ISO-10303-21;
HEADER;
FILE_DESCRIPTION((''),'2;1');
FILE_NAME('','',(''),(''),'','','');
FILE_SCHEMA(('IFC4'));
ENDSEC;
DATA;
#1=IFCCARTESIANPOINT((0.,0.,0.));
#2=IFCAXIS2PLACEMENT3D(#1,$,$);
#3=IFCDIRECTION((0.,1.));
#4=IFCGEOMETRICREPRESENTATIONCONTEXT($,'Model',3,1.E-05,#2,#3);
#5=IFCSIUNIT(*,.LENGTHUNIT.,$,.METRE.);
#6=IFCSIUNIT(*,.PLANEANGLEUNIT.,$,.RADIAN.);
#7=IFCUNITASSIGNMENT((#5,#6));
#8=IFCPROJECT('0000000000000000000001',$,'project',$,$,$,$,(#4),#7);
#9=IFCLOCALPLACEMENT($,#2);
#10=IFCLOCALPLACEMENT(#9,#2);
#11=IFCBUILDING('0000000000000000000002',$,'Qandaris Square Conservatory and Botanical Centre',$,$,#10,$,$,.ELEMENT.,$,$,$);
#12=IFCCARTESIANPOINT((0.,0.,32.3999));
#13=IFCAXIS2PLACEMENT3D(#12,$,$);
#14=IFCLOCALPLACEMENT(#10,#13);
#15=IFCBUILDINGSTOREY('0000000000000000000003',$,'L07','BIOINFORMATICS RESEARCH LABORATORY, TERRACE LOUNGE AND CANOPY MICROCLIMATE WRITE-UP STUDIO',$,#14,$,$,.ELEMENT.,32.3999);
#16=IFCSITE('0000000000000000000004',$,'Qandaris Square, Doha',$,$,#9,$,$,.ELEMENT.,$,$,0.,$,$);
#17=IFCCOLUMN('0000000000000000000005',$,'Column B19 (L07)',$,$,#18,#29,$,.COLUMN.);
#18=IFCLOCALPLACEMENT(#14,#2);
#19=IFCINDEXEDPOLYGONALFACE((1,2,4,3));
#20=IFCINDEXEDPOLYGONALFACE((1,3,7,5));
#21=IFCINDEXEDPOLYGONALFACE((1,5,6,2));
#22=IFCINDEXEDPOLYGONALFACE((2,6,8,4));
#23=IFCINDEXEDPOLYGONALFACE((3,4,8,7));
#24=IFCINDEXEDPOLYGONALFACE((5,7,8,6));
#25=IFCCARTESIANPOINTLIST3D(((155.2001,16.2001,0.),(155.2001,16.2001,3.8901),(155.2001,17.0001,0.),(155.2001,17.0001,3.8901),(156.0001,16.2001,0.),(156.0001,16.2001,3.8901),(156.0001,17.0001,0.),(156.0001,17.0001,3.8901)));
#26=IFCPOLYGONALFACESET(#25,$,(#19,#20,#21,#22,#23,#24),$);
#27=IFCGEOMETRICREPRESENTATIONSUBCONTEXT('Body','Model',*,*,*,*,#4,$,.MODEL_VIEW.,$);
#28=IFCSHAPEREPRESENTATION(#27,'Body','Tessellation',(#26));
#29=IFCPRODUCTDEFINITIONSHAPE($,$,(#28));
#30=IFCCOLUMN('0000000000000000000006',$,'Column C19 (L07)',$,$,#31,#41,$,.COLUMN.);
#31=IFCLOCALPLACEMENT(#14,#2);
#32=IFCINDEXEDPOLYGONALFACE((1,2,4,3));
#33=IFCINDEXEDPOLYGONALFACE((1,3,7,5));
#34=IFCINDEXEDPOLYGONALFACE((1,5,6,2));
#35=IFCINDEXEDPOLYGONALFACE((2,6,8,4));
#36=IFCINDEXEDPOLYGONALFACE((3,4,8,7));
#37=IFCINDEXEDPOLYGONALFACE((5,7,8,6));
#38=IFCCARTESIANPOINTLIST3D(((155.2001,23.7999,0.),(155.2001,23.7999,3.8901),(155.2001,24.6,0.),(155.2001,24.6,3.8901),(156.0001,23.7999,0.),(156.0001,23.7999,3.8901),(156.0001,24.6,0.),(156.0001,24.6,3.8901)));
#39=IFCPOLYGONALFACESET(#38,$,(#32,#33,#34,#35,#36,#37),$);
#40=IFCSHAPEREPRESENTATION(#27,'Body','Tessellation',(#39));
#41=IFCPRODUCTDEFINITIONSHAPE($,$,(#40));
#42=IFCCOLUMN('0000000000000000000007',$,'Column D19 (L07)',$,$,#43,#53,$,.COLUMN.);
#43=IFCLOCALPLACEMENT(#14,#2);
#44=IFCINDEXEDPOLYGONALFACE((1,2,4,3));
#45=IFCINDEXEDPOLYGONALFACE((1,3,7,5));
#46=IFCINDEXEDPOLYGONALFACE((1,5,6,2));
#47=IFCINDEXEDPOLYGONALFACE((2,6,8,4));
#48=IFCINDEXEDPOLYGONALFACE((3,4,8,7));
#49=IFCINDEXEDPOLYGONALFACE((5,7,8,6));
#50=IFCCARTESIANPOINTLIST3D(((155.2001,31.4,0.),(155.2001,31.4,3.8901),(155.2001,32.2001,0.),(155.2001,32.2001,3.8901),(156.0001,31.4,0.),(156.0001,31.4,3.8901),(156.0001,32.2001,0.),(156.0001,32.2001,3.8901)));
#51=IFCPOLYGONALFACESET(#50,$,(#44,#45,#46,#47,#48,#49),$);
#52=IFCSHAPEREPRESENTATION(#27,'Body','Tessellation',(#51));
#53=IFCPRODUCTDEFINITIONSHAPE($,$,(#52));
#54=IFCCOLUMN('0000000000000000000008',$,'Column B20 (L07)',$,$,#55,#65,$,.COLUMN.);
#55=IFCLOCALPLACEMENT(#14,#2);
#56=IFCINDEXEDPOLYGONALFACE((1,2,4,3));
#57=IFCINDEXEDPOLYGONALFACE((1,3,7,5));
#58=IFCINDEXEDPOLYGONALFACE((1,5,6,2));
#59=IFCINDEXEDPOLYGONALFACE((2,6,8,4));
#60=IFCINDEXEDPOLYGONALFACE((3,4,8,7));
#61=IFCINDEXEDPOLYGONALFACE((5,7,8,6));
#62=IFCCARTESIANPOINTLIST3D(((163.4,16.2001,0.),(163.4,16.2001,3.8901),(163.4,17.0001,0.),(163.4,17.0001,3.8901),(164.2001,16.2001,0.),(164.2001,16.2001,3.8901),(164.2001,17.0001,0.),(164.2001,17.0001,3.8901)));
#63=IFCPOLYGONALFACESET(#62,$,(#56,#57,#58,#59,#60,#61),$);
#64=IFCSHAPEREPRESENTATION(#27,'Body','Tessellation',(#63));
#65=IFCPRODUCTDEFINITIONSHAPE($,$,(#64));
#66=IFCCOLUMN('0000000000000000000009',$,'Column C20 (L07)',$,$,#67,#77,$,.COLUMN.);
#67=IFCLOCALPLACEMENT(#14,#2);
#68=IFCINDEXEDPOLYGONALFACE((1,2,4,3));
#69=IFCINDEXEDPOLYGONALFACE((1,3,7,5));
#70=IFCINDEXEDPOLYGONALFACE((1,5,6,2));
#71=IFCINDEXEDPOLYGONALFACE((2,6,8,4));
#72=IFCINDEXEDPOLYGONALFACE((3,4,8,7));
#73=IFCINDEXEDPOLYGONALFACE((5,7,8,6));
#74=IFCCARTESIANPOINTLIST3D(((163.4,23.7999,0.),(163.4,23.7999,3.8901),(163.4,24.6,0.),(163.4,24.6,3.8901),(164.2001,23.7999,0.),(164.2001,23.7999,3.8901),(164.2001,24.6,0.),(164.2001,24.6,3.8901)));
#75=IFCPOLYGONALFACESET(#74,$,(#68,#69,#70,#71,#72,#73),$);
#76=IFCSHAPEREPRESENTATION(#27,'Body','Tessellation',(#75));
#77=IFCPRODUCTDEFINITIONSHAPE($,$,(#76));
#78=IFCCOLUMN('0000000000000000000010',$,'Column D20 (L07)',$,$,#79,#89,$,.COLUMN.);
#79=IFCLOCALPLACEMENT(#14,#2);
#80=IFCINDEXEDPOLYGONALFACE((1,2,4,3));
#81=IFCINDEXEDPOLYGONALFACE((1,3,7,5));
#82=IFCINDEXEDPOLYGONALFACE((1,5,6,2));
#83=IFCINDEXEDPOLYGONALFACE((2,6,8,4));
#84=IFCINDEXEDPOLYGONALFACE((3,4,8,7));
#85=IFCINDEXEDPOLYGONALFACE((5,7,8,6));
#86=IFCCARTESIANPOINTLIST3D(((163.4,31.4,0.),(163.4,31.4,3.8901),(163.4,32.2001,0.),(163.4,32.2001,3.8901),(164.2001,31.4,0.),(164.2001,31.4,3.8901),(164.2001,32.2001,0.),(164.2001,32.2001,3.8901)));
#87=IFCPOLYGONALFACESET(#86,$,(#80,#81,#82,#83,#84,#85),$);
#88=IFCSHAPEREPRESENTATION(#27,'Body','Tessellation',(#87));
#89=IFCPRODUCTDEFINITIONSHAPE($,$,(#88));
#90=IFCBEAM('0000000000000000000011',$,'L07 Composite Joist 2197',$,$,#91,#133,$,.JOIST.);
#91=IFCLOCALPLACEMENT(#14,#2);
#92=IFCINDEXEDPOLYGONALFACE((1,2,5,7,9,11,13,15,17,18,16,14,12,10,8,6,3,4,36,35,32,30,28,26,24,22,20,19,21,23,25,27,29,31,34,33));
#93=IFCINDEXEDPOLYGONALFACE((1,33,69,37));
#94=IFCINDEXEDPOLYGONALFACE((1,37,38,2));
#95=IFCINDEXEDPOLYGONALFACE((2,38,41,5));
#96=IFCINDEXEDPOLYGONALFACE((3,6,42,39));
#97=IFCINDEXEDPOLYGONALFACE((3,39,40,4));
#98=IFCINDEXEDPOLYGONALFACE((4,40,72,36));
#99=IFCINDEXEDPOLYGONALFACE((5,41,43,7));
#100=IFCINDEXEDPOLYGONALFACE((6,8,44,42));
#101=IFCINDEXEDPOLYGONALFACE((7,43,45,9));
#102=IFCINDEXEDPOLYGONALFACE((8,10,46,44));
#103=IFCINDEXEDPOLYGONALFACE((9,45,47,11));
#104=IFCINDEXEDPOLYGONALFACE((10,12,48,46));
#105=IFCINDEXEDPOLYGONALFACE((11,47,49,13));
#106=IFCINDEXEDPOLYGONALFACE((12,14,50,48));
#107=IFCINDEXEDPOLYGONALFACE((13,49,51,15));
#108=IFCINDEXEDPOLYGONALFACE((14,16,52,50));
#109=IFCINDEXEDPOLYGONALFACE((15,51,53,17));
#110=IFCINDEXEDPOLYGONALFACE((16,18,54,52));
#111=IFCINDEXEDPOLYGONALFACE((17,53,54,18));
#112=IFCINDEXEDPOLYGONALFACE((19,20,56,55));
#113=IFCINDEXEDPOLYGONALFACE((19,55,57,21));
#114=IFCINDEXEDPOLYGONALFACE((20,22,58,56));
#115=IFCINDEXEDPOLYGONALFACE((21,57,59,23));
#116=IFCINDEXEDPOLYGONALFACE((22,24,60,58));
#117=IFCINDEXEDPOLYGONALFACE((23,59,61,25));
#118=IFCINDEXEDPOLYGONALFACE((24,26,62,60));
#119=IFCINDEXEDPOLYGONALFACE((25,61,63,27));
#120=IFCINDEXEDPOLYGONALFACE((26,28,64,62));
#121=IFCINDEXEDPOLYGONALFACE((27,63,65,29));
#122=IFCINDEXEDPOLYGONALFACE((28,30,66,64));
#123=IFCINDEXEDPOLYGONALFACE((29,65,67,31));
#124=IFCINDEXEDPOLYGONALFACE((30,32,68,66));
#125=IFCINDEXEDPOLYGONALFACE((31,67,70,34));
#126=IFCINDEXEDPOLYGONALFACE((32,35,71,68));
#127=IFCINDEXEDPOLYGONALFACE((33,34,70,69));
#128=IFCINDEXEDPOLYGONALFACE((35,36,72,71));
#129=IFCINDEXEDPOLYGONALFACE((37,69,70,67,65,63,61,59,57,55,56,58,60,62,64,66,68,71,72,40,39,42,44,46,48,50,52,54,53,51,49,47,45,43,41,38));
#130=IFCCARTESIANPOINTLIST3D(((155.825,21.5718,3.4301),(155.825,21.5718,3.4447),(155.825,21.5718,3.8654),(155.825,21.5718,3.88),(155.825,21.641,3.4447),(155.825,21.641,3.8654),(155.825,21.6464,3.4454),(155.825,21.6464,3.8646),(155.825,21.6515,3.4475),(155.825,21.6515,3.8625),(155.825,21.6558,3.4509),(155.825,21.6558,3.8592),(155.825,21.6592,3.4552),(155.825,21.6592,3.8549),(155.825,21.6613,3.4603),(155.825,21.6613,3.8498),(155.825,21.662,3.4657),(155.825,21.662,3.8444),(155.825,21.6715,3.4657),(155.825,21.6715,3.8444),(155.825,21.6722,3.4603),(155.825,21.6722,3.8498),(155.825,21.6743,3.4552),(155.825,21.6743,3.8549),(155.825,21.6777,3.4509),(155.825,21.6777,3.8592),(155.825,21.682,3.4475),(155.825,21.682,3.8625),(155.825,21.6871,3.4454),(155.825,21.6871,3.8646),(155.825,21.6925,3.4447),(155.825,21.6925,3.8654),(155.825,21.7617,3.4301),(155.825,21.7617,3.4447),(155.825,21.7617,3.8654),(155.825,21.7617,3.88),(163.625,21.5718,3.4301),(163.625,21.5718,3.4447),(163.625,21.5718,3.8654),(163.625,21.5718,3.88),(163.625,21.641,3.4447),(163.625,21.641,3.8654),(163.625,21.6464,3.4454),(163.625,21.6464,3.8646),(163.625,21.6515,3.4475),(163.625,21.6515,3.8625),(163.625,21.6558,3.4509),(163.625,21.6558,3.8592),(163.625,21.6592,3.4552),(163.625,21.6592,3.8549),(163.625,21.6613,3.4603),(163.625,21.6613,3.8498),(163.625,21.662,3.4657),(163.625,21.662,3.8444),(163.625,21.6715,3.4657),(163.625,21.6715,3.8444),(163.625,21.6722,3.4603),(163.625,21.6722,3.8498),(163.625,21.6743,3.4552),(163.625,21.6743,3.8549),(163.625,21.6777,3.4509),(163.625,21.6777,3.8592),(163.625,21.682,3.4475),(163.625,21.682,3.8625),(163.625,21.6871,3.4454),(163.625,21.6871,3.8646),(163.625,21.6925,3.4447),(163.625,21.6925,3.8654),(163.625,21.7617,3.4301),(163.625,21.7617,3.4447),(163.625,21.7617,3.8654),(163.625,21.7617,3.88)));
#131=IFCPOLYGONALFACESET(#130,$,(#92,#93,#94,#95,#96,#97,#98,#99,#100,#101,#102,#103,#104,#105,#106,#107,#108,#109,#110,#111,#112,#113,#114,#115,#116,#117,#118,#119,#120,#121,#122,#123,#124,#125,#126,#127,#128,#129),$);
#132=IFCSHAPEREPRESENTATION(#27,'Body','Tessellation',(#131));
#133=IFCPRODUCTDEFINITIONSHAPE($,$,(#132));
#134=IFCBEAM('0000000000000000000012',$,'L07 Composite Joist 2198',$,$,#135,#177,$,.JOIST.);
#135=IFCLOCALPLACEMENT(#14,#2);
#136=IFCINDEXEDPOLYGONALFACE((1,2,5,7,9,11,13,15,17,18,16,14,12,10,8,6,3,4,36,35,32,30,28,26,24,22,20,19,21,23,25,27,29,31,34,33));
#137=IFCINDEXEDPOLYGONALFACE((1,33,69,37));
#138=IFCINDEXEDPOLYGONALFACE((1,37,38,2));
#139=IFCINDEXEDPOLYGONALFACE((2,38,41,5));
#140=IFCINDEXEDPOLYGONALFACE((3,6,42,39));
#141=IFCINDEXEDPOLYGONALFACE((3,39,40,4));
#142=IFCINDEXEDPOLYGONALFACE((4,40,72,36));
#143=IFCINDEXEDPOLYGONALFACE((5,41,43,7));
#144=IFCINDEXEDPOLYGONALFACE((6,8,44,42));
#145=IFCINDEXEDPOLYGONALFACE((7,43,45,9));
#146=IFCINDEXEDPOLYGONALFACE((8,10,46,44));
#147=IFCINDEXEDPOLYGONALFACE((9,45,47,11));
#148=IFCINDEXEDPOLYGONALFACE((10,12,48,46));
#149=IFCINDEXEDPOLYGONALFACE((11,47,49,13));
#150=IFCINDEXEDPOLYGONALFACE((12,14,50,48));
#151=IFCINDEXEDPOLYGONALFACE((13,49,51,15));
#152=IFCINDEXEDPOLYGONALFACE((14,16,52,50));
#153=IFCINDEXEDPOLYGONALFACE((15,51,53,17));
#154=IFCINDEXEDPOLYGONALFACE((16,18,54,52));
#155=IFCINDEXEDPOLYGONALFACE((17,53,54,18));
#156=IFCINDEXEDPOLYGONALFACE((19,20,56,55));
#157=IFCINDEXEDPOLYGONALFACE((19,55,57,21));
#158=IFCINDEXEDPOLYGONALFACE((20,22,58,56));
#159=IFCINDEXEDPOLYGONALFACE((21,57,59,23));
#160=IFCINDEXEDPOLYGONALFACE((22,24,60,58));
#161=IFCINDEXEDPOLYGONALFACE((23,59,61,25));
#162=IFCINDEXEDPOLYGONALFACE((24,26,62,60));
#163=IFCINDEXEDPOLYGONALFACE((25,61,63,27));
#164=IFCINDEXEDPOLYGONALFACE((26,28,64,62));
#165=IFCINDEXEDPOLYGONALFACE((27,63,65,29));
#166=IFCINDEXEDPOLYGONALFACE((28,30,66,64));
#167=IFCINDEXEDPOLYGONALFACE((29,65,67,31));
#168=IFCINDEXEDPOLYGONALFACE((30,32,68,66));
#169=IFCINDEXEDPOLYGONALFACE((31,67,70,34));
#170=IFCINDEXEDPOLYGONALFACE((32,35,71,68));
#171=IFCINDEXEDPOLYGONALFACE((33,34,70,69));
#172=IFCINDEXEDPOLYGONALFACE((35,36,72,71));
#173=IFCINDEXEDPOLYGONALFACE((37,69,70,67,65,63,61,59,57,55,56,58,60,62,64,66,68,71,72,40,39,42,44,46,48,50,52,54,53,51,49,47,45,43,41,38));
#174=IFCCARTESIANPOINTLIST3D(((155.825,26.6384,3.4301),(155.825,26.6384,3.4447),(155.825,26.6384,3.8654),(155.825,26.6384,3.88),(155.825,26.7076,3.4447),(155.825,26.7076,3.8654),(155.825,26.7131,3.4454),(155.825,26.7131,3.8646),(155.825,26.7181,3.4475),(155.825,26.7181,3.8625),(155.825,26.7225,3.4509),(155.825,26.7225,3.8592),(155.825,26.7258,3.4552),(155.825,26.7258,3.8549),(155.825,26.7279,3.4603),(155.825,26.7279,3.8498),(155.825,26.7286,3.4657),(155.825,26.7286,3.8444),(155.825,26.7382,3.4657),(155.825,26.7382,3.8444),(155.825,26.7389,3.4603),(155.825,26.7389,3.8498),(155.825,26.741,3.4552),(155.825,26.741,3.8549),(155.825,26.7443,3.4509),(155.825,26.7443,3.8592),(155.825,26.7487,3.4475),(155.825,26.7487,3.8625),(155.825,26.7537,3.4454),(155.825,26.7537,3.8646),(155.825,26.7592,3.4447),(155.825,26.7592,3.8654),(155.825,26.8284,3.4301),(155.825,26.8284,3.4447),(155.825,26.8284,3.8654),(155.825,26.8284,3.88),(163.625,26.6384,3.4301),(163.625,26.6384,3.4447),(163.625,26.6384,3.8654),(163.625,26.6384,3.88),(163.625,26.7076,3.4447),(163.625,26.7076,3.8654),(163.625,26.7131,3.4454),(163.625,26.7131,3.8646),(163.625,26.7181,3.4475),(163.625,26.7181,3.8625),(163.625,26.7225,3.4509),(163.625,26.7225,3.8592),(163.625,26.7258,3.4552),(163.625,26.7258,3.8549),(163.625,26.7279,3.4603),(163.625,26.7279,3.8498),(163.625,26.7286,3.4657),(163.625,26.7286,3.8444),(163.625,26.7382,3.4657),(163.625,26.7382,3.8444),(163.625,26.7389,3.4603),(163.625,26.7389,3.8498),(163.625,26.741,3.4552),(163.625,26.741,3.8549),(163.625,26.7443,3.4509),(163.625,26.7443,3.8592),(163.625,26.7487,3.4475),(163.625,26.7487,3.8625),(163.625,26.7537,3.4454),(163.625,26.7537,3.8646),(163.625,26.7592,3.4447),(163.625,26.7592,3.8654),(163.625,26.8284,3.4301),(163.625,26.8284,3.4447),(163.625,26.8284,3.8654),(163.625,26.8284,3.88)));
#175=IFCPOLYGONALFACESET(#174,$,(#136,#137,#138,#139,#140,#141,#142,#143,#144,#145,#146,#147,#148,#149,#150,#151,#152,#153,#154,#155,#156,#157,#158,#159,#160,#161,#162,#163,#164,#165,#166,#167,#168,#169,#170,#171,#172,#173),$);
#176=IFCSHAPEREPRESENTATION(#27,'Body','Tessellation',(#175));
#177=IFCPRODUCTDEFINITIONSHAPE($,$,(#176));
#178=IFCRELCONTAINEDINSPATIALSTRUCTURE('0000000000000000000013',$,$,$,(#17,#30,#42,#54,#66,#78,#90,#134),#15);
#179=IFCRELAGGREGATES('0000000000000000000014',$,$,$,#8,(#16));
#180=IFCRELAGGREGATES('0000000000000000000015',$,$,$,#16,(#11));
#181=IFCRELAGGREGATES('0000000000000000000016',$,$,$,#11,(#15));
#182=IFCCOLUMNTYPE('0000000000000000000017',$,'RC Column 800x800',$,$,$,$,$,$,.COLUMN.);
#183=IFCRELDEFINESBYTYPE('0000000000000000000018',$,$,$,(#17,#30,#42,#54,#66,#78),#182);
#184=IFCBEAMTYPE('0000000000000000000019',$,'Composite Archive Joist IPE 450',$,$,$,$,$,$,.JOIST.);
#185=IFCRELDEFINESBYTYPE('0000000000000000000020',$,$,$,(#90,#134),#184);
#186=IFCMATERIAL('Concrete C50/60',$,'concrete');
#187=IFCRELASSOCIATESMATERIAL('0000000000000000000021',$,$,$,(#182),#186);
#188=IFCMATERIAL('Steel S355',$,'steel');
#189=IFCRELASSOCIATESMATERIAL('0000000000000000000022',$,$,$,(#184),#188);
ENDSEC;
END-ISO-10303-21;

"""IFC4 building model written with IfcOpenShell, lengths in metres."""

from ifc_helpers import new_model, si_unit, direction, frame, origin, origin_2d, place, context, subcontext, project, spatial, rectangle, i_section, extrude, material, material_profile, profile_set, type_object, element, save


model = new_model("IFC4")

# Units and contexts
model_context = context("Model", 3, precision=1e-05, world=origin(), true_north=direction((0.0, 1.0)))
body_context = subcontext(model_context, "Body", "Model", "MODEL_VIEW")
ifc_project = project(units=[si_unit("LENGTHUNIT", "METRE"), si_unit("PLANEANGLEUNIT", "RADIAN")], contexts=[model_context])

# Site, building, storey
site_placement = place(None, origin())
site = spatial("IfcSite", under=ifc_project, at=site_placement, Name="Qandaris Square, Doha", CompositionType="ELEMENT", RefElevation=0.0)
building_placement = place(site_placement, origin())
building = spatial("IfcBuilding", under=site, at=building_placement, Name="Qandaris Square Conservatory and Botanical Centre", CompositionType="ELEMENT")
storey_placement = place(building_placement, frame((0.0, 0.0, 32.3999)))
storey = spatial("IfcBuildingStorey", under=building, at=storey_placement, Name="L07", Description="BIOINFORMATICS RESEARCH LABORATORY, TERRACE LOUNGE AND CANOPY MICROCLIMATE WRITE-UP STUDIO", CompositionType="ELEMENT", Elevation=32.3999)

# Columns
ifc_material_1 = material(Name="Concrete C50/60", Category="concrete")
ifc_material_profile_1 = material_profile(ifc_material_1, rectangle(XDim=0.8, YDim=0.8, at=origin_2d()), Name="RC-COL 800x800")
ifc_profile_set_1 = profile_set([ifc_material_profile_1], Name="Concrete C50/60")
column_type = type_object("IfcColumnType", Name="RC Column 800x800", PredefinedType="COLUMN", material=ifc_profile_set_1)
for number, where, z_axis, x_axis, name in (
    (1, (155.6001, 16.6001, 0.0), (0.0, 0.0, 1.0), (1.0, 0.0, 0.0), "Column B19 (L07)"),
    (2, (155.6001, 24.2, 0.0), (0.0, 0.0, 1.0), (1.0, 0.0, 0.0), "Column C19 (L07)"),
    (3, (155.6001, 31.8, 0.0), (0.0, 0.0, 1.0), (1.0, 0.0, 0.0), "Column D19 (L07)"),
    (4, (163.8, 16.6001, 0.0), (0.0, 0.0, 1.0), (1.0, 0.0, 0.0), "Column B20 (L07)"),
    (5, (163.8, 24.2, 0.0), (0.0, 0.0, 1.0), (1.0, 0.0, 0.0), "Column C20 (L07)"),
    (6, (163.8, 31.8, 0.0), (0.0, 0.0, 1.0), (1.0, 0.0, 0.0), "Column D20 (L07)"),
):
    element("IfcColumn", number, at=place(storey_placement, frame(where, z_axis=z_axis, x_axis=x_axis)), inside=storey, type_object=column_type, Name=name, PredefinedType="COLUMN", context=body_context, shape_type="SweptSolid", body=[
        extrude(rectangle(XDim=0.8, YDim=0.8, at=origin_2d()), origin(), (0.0, 0.0, 1.0), 3.8901),
    ])

# Beams
ifc_material_2 = material(Name="Steel S355", Category="steel")
ifc_material_profile_2 = material_profile(ifc_material_2, i_section(OverallWidth=0.1899, OverallDepth=0.45, WebThickness=0.0095, FlangeThickness=0.0146, FilletRadius=0.021, at=origin_2d()), Name="IPE 450")
ifc_profile_set_2 = profile_set([ifc_material_profile_2], Name="Steel S355")
beam_type_1 = type_object("IfcBeamType", Name="Composite Archive Joist IPE 450", PredefinedType="JOIST", material=ifc_profile_set_2)
for number, where, z_axis, x_axis, name in (
    (7, (155.825, 21.6667, 3.655), (1.0, 0.0, 0.0), (0.0, 1.0, 0.0), "L07 Composite Joist 2197"),
    (8, (155.825, 26.7334, 3.655), (1.0, 0.0, 0.0), (0.0, 1.0, 0.0), "L07 Composite Joist 2198"),
):
    element("IfcBeam", number, at=place(storey_placement, frame(where, z_axis=z_axis, x_axis=x_axis)), inside=storey, type_object=beam_type_1, Name=name, PredefinedType="JOIST", context=body_context, shape_type="SweptSolid", body=[
        extrude(i_section(OverallWidth=0.1899, OverallDepth=0.45, WebThickness=0.0095, FlangeThickness=0.0146, FilletRadius=0.021, at=origin_2d()), origin(), (0.0, 0.0, 1.0), 7.8),
    ])

save(model, "model.ifc")
